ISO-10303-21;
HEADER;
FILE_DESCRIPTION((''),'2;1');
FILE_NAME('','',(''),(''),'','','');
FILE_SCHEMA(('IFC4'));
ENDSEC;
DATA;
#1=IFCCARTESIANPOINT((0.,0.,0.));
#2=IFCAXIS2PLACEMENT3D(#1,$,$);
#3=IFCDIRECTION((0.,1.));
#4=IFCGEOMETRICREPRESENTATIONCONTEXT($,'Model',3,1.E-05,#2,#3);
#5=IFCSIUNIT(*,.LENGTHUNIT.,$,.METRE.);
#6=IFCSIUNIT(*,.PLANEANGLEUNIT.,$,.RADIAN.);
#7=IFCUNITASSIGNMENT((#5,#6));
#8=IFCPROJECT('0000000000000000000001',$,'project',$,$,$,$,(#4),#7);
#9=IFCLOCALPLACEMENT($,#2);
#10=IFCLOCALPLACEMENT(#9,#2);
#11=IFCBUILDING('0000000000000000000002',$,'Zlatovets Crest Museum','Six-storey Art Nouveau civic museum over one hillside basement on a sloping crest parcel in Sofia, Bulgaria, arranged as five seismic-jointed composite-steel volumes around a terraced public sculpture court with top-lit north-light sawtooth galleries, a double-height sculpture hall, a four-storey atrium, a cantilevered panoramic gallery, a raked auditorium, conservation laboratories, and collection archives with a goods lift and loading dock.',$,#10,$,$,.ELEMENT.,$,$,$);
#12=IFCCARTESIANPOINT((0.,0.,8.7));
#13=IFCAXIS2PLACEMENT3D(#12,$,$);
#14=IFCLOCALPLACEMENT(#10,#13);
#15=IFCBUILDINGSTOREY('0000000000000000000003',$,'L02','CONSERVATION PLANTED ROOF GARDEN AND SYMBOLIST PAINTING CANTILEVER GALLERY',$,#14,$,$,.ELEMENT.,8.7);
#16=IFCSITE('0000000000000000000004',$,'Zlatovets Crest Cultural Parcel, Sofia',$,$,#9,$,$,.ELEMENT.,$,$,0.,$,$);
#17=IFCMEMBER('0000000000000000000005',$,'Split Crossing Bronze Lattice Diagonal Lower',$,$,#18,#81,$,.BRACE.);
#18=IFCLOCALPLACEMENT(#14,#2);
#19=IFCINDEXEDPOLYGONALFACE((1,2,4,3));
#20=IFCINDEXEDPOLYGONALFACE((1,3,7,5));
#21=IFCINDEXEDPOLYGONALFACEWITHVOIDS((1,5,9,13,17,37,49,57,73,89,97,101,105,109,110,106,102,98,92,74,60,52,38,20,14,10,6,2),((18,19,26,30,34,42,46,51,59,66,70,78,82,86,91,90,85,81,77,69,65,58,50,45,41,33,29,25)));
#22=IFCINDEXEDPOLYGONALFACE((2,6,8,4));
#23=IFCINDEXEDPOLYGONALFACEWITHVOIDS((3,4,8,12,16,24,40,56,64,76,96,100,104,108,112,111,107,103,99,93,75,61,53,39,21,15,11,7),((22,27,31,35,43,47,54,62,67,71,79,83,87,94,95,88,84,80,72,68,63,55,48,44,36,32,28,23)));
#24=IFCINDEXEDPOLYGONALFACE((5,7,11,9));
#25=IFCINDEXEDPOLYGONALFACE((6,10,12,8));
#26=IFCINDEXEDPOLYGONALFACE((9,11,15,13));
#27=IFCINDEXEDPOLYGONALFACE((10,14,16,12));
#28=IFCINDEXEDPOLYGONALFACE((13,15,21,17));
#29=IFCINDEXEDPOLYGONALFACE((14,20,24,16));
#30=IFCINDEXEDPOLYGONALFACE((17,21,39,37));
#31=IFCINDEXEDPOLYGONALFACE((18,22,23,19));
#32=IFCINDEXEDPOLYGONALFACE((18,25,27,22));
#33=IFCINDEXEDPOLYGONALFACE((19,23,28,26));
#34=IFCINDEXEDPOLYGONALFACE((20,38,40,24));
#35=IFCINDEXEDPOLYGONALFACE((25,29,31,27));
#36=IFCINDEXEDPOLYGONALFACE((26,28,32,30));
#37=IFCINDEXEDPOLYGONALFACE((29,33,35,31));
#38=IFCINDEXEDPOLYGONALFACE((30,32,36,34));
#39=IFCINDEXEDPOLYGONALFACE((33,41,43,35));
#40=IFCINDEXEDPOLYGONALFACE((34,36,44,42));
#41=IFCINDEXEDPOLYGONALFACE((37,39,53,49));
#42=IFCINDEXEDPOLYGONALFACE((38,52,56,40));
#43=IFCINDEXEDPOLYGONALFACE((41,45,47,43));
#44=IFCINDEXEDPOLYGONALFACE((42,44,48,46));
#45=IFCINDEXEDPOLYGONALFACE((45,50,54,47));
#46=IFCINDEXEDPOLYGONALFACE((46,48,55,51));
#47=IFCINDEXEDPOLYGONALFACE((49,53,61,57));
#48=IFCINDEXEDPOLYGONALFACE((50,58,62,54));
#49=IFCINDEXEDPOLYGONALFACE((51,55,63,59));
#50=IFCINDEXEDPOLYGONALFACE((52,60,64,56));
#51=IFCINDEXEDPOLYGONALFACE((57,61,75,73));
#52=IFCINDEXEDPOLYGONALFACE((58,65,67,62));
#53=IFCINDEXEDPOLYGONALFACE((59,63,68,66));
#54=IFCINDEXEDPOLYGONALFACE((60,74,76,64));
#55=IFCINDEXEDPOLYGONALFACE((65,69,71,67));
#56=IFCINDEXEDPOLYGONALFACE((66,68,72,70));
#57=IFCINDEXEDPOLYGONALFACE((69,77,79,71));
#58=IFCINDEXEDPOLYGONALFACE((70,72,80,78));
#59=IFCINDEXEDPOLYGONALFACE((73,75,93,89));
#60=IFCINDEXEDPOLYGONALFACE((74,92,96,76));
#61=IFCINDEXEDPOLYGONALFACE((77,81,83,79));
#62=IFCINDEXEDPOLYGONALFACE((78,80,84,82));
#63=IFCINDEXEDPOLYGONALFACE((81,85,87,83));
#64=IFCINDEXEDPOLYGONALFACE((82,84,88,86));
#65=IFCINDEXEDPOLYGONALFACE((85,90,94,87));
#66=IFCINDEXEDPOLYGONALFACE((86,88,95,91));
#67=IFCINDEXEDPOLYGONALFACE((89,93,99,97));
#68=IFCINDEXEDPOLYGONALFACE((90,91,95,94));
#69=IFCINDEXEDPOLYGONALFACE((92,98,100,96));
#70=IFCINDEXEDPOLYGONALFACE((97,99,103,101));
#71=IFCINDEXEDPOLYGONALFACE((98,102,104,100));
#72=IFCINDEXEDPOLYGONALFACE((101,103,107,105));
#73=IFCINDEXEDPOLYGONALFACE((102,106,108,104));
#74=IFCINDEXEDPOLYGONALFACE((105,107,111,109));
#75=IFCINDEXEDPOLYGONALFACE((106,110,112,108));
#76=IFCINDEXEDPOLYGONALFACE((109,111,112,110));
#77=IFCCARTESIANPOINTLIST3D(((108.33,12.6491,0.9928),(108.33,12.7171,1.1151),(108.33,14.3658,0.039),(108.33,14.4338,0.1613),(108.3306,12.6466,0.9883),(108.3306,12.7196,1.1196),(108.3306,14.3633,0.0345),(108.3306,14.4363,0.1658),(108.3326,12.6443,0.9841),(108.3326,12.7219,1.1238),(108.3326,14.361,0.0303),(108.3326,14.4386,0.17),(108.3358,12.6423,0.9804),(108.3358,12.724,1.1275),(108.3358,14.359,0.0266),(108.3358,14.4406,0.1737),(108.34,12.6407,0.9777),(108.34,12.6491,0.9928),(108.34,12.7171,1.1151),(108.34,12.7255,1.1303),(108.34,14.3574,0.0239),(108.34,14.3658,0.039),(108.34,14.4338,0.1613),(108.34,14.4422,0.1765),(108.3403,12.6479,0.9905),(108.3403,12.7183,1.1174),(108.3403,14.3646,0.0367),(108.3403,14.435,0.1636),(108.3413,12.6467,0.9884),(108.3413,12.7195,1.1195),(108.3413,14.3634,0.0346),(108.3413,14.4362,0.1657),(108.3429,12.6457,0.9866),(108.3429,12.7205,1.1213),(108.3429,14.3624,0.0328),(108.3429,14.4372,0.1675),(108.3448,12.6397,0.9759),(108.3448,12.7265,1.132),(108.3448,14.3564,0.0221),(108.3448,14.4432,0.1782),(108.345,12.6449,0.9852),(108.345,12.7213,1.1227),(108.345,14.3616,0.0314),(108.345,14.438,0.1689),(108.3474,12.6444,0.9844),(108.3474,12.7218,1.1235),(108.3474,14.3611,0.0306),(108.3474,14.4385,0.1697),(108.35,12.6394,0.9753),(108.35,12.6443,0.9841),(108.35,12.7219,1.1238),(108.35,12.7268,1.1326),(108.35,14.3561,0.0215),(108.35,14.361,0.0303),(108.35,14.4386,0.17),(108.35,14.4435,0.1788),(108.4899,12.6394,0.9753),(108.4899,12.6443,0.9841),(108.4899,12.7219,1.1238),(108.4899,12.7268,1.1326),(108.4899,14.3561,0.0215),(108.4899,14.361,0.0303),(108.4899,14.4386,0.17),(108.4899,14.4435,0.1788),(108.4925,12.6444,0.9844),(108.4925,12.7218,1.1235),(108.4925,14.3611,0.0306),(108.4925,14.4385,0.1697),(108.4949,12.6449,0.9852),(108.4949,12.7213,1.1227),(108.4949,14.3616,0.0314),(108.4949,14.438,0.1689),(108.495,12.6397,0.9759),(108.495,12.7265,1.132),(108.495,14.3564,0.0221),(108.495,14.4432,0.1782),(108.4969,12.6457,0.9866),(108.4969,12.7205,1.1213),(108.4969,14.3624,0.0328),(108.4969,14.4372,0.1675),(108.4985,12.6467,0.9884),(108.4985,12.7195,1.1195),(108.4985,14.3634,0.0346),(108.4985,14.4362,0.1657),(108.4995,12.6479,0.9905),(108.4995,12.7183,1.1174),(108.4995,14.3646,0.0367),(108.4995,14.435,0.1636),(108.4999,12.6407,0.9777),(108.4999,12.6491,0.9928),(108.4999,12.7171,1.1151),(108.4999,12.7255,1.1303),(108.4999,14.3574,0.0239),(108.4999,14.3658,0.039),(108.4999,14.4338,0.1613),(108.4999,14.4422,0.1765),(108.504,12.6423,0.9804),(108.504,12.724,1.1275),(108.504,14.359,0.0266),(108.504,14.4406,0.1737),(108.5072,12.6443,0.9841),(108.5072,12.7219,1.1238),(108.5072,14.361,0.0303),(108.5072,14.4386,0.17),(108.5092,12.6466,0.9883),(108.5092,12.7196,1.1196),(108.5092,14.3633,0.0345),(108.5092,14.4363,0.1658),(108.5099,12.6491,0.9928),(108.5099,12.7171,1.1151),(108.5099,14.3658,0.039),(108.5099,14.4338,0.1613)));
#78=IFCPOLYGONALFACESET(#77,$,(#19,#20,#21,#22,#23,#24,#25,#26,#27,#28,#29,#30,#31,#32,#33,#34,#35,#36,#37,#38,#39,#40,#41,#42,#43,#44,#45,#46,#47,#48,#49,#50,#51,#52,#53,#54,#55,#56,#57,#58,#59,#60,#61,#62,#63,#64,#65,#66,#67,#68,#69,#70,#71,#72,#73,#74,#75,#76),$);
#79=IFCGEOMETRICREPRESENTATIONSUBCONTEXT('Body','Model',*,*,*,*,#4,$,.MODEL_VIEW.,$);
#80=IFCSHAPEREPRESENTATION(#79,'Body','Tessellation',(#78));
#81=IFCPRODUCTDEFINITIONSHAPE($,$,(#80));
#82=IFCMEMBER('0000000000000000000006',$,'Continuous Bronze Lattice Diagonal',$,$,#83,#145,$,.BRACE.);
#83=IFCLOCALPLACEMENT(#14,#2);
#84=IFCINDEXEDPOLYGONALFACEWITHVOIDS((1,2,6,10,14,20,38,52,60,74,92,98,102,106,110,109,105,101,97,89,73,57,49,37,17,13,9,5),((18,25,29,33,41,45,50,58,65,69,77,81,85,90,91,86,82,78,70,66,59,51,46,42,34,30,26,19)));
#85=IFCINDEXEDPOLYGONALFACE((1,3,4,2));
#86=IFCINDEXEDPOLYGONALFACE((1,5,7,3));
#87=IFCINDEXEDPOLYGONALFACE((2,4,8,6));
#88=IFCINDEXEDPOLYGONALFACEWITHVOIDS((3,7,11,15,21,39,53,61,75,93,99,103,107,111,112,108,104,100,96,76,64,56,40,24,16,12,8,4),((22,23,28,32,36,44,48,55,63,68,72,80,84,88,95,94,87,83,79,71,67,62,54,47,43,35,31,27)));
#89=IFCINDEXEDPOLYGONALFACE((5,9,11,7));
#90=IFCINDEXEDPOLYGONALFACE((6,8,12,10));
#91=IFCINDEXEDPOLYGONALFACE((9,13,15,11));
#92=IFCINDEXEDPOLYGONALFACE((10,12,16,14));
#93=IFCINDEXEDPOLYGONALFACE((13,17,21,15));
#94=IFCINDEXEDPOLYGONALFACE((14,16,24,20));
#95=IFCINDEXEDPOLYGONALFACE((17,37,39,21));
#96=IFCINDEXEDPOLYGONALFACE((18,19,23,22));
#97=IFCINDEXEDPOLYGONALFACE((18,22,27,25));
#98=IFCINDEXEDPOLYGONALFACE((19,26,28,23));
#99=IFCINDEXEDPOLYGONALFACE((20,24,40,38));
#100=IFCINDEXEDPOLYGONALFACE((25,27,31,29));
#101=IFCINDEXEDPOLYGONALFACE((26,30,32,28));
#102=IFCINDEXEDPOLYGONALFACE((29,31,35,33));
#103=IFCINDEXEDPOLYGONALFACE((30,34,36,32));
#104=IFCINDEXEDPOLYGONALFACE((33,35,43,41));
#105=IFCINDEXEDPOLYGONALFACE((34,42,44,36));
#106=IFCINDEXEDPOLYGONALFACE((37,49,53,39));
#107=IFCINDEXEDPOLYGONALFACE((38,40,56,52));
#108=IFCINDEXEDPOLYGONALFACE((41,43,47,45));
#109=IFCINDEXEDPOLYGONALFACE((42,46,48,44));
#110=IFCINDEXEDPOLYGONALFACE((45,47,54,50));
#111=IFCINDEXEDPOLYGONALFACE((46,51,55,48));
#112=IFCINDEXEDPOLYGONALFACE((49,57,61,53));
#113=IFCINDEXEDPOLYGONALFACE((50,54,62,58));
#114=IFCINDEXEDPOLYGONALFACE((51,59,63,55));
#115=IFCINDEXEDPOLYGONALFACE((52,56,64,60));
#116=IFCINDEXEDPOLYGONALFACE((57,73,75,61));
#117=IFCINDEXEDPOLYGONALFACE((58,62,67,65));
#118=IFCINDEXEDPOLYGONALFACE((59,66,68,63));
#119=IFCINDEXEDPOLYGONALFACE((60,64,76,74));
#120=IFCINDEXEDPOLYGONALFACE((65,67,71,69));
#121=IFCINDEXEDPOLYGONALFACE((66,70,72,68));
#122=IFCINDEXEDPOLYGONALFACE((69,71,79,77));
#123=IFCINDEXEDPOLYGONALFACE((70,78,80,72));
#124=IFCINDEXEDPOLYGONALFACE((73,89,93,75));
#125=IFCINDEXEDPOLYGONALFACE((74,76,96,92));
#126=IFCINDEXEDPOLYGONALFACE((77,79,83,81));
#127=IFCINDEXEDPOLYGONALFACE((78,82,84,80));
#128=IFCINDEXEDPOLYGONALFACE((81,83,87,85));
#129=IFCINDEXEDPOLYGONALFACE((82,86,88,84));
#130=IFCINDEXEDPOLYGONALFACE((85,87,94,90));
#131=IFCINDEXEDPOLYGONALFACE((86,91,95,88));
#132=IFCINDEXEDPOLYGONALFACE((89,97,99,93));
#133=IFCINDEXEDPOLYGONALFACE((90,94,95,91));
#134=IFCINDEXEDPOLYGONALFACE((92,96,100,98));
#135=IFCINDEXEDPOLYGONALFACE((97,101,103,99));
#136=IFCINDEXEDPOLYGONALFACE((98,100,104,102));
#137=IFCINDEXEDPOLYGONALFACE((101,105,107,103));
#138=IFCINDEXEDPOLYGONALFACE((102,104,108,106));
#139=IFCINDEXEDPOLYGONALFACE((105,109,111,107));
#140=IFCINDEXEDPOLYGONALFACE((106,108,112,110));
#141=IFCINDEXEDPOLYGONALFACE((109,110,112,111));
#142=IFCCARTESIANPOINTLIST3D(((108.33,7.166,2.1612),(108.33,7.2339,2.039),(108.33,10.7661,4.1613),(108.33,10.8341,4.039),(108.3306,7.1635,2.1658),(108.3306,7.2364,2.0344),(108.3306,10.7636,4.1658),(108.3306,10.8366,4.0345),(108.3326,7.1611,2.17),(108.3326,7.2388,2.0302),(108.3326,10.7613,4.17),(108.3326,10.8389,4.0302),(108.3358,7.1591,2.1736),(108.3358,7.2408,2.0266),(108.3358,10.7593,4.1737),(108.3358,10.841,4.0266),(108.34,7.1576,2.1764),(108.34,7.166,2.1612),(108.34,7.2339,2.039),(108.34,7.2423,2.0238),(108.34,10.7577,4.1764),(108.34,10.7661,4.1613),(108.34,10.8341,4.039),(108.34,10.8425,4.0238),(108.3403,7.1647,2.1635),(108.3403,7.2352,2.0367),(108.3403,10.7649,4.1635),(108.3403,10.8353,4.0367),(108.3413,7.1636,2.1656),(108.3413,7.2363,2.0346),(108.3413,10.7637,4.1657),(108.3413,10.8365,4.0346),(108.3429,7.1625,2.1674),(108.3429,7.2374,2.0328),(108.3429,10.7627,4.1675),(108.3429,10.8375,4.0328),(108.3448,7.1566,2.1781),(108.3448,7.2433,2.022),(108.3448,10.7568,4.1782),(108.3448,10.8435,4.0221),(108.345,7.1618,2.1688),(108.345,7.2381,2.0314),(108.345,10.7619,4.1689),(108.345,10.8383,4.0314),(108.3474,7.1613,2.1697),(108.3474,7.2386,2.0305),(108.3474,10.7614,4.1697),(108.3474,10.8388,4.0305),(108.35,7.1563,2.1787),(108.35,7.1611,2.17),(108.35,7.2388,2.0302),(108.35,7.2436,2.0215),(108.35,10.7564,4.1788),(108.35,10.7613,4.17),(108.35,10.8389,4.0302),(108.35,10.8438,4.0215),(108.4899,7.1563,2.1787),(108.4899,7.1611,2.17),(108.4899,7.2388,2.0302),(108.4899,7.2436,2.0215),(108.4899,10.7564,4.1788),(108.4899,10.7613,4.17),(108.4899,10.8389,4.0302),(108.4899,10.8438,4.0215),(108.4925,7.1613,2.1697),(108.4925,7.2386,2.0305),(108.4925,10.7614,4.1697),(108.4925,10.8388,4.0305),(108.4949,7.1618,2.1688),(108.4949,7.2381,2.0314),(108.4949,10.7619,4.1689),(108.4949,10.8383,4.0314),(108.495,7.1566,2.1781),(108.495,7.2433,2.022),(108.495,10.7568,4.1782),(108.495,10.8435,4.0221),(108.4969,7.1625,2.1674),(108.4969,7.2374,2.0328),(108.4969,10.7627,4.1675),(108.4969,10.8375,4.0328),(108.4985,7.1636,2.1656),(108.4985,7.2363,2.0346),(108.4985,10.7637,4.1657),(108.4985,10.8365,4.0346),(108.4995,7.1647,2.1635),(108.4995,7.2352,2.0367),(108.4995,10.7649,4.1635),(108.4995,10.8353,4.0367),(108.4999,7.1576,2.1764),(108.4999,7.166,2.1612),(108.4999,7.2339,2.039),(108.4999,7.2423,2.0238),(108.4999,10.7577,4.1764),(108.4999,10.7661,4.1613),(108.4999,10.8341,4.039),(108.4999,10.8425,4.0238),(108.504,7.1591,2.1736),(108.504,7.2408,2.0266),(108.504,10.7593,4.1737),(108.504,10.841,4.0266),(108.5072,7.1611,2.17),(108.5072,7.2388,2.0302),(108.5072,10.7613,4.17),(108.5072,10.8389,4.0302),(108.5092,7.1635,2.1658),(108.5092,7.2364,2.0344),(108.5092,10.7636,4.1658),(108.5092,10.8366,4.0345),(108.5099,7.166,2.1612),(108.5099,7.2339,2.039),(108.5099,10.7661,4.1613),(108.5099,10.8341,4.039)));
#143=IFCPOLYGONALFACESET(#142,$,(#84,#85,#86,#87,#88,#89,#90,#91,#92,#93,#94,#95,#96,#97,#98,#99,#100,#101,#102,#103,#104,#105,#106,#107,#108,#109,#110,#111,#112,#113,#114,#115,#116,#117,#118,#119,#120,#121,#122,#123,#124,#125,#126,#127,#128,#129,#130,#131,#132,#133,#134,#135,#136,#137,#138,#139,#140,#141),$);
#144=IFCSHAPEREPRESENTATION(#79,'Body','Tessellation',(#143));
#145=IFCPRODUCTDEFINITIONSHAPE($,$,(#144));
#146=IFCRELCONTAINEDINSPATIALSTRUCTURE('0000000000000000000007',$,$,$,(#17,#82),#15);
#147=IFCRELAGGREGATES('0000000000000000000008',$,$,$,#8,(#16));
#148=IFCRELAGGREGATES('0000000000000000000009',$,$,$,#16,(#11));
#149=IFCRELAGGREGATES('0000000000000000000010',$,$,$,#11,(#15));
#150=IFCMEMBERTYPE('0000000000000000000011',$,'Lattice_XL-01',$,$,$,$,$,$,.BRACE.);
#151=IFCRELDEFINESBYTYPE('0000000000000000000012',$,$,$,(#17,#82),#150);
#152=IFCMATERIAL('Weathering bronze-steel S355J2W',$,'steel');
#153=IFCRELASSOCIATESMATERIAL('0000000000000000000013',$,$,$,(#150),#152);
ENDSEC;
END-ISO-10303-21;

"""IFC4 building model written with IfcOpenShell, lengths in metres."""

from ifc_helpers import new_model, si_unit, direction, frame, origin, origin_2d, place, context, subcontext, project, spatial, hollow_rectangle, extrude, material, material_profile, profile_set, type_object, element, save


model = new_model("IFC4")

# Units and contexts
model_context = context("Model", 3, precision=1e-05, world=origin(), true_north=direction((0.0, 1.0)))
body_context = subcontext(model_context, "Body", "Model", "MODEL_VIEW")
ifc_project = project(units=[si_unit("LENGTHUNIT", "METRE"), si_unit("PLANEANGLEUNIT", "RADIAN")], contexts=[model_context])

# Site, building, storey
site_placement = place(None, origin())
site = spatial("IfcSite", under=ifc_project, at=site_placement, Name="Zlatovets Crest Cultural Parcel, Sofia", CompositionType="ELEMENT", RefElevation=0.0)
building_placement = place(site_placement, origin())
building = spatial("IfcBuilding", under=site, at=building_placement, Name="Zlatovets Crest Museum", Description="Six-storey Art Nouveau civic museum over one hillside basement on a sloping crest parcel in Sofia, Bulgaria, arranged as five seismic-jointed composite-steel volumes around a terraced public sculpture court with top-lit north-light sawtooth galleries, a double-height sculpture hall, a four-storey atrium, a cantilevered panoramic gallery, a raked auditorium, conservation laboratories, and collection archives with a goods lift and loading dock.", CompositionType="ELEMENT")
storey_placement = place(building_placement, frame((0.0, 0.0, 8.7)))
storey = spatial("IfcBuildingStorey", under=building, at=storey_placement, Name="L02", Description="CONSERVATION PLANTED ROOF GARDEN AND SYMBOLIST PAINTING CANTILEVER GALLERY", CompositionType="ELEMENT", Elevation=8.7)

# Members
ifc_material_1 = material(Name="Weathering bronze-steel S355J2W", Category="steel")
ifc_material_profile_1 = material_profile(ifc_material_1, hollow_rectangle(XDim=0.1799, YDim=0.1799, WallThickness=0.01, InnerFilletRadius=0.01, OuterFilletRadius=0.02, at=origin_2d()), Name="SHS 180x180x10.0")
ifc_profile_set_1 = profile_set([ifc_material_profile_1], Name="Weathering bronze-steel S355J2W")
member_type_1 = type_object("IfcMemberType", Name="Lattice_XL-01", PredefinedType="BRACE", material=ifc_profile_set_1)
member_1_placement = place(storey_placement, frame((108.4199, 12.6831, 1.054), z_axis=(0.0, 0.87414, -0.485675), x_axis=(-1.0, 0.0, 0.0)))
element("IfcMember", 1, at=member_1_placement, inside=storey, type_object=member_type_1, Name="Split Crossing Bronze Lattice Diagonal Lower", PredefinedType="BRACE", context=body_context, shape_type="SweptSolid", body=[
    extrude(hollow_rectangle(XDim=0.1799, YDim=0.1799, WallThickness=0.01, InnerFilletRadius=0.01, OuterFilletRadius=0.02, at=origin_2d()), origin(), (0.0, 0.0, 1.0), 1.9639),
])
member_2_placement = place(storey_placement, frame((108.4199, 7.2, 2.1001), z_axis=(0.0, 0.874163, 0.485633), x_axis=(-1.0, 0.0, 0.0)))
element("IfcMember", 2, at=member_2_placement, inside=storey, type_object=member_type_1, Name="Continuous Bronze Lattice Diagonal", PredefinedType="BRACE", context=body_context, shape_type="SweptSolid", body=[
    extrude(hollow_rectangle(XDim=0.1799, YDim=0.1799, WallThickness=0.01, InnerFilletRadius=0.01, OuterFilletRadius=0.02, at=origin_2d()), origin(), (0.0, 0.0, 1.0), 4.1184),
])

save(model, "model.ifc")
